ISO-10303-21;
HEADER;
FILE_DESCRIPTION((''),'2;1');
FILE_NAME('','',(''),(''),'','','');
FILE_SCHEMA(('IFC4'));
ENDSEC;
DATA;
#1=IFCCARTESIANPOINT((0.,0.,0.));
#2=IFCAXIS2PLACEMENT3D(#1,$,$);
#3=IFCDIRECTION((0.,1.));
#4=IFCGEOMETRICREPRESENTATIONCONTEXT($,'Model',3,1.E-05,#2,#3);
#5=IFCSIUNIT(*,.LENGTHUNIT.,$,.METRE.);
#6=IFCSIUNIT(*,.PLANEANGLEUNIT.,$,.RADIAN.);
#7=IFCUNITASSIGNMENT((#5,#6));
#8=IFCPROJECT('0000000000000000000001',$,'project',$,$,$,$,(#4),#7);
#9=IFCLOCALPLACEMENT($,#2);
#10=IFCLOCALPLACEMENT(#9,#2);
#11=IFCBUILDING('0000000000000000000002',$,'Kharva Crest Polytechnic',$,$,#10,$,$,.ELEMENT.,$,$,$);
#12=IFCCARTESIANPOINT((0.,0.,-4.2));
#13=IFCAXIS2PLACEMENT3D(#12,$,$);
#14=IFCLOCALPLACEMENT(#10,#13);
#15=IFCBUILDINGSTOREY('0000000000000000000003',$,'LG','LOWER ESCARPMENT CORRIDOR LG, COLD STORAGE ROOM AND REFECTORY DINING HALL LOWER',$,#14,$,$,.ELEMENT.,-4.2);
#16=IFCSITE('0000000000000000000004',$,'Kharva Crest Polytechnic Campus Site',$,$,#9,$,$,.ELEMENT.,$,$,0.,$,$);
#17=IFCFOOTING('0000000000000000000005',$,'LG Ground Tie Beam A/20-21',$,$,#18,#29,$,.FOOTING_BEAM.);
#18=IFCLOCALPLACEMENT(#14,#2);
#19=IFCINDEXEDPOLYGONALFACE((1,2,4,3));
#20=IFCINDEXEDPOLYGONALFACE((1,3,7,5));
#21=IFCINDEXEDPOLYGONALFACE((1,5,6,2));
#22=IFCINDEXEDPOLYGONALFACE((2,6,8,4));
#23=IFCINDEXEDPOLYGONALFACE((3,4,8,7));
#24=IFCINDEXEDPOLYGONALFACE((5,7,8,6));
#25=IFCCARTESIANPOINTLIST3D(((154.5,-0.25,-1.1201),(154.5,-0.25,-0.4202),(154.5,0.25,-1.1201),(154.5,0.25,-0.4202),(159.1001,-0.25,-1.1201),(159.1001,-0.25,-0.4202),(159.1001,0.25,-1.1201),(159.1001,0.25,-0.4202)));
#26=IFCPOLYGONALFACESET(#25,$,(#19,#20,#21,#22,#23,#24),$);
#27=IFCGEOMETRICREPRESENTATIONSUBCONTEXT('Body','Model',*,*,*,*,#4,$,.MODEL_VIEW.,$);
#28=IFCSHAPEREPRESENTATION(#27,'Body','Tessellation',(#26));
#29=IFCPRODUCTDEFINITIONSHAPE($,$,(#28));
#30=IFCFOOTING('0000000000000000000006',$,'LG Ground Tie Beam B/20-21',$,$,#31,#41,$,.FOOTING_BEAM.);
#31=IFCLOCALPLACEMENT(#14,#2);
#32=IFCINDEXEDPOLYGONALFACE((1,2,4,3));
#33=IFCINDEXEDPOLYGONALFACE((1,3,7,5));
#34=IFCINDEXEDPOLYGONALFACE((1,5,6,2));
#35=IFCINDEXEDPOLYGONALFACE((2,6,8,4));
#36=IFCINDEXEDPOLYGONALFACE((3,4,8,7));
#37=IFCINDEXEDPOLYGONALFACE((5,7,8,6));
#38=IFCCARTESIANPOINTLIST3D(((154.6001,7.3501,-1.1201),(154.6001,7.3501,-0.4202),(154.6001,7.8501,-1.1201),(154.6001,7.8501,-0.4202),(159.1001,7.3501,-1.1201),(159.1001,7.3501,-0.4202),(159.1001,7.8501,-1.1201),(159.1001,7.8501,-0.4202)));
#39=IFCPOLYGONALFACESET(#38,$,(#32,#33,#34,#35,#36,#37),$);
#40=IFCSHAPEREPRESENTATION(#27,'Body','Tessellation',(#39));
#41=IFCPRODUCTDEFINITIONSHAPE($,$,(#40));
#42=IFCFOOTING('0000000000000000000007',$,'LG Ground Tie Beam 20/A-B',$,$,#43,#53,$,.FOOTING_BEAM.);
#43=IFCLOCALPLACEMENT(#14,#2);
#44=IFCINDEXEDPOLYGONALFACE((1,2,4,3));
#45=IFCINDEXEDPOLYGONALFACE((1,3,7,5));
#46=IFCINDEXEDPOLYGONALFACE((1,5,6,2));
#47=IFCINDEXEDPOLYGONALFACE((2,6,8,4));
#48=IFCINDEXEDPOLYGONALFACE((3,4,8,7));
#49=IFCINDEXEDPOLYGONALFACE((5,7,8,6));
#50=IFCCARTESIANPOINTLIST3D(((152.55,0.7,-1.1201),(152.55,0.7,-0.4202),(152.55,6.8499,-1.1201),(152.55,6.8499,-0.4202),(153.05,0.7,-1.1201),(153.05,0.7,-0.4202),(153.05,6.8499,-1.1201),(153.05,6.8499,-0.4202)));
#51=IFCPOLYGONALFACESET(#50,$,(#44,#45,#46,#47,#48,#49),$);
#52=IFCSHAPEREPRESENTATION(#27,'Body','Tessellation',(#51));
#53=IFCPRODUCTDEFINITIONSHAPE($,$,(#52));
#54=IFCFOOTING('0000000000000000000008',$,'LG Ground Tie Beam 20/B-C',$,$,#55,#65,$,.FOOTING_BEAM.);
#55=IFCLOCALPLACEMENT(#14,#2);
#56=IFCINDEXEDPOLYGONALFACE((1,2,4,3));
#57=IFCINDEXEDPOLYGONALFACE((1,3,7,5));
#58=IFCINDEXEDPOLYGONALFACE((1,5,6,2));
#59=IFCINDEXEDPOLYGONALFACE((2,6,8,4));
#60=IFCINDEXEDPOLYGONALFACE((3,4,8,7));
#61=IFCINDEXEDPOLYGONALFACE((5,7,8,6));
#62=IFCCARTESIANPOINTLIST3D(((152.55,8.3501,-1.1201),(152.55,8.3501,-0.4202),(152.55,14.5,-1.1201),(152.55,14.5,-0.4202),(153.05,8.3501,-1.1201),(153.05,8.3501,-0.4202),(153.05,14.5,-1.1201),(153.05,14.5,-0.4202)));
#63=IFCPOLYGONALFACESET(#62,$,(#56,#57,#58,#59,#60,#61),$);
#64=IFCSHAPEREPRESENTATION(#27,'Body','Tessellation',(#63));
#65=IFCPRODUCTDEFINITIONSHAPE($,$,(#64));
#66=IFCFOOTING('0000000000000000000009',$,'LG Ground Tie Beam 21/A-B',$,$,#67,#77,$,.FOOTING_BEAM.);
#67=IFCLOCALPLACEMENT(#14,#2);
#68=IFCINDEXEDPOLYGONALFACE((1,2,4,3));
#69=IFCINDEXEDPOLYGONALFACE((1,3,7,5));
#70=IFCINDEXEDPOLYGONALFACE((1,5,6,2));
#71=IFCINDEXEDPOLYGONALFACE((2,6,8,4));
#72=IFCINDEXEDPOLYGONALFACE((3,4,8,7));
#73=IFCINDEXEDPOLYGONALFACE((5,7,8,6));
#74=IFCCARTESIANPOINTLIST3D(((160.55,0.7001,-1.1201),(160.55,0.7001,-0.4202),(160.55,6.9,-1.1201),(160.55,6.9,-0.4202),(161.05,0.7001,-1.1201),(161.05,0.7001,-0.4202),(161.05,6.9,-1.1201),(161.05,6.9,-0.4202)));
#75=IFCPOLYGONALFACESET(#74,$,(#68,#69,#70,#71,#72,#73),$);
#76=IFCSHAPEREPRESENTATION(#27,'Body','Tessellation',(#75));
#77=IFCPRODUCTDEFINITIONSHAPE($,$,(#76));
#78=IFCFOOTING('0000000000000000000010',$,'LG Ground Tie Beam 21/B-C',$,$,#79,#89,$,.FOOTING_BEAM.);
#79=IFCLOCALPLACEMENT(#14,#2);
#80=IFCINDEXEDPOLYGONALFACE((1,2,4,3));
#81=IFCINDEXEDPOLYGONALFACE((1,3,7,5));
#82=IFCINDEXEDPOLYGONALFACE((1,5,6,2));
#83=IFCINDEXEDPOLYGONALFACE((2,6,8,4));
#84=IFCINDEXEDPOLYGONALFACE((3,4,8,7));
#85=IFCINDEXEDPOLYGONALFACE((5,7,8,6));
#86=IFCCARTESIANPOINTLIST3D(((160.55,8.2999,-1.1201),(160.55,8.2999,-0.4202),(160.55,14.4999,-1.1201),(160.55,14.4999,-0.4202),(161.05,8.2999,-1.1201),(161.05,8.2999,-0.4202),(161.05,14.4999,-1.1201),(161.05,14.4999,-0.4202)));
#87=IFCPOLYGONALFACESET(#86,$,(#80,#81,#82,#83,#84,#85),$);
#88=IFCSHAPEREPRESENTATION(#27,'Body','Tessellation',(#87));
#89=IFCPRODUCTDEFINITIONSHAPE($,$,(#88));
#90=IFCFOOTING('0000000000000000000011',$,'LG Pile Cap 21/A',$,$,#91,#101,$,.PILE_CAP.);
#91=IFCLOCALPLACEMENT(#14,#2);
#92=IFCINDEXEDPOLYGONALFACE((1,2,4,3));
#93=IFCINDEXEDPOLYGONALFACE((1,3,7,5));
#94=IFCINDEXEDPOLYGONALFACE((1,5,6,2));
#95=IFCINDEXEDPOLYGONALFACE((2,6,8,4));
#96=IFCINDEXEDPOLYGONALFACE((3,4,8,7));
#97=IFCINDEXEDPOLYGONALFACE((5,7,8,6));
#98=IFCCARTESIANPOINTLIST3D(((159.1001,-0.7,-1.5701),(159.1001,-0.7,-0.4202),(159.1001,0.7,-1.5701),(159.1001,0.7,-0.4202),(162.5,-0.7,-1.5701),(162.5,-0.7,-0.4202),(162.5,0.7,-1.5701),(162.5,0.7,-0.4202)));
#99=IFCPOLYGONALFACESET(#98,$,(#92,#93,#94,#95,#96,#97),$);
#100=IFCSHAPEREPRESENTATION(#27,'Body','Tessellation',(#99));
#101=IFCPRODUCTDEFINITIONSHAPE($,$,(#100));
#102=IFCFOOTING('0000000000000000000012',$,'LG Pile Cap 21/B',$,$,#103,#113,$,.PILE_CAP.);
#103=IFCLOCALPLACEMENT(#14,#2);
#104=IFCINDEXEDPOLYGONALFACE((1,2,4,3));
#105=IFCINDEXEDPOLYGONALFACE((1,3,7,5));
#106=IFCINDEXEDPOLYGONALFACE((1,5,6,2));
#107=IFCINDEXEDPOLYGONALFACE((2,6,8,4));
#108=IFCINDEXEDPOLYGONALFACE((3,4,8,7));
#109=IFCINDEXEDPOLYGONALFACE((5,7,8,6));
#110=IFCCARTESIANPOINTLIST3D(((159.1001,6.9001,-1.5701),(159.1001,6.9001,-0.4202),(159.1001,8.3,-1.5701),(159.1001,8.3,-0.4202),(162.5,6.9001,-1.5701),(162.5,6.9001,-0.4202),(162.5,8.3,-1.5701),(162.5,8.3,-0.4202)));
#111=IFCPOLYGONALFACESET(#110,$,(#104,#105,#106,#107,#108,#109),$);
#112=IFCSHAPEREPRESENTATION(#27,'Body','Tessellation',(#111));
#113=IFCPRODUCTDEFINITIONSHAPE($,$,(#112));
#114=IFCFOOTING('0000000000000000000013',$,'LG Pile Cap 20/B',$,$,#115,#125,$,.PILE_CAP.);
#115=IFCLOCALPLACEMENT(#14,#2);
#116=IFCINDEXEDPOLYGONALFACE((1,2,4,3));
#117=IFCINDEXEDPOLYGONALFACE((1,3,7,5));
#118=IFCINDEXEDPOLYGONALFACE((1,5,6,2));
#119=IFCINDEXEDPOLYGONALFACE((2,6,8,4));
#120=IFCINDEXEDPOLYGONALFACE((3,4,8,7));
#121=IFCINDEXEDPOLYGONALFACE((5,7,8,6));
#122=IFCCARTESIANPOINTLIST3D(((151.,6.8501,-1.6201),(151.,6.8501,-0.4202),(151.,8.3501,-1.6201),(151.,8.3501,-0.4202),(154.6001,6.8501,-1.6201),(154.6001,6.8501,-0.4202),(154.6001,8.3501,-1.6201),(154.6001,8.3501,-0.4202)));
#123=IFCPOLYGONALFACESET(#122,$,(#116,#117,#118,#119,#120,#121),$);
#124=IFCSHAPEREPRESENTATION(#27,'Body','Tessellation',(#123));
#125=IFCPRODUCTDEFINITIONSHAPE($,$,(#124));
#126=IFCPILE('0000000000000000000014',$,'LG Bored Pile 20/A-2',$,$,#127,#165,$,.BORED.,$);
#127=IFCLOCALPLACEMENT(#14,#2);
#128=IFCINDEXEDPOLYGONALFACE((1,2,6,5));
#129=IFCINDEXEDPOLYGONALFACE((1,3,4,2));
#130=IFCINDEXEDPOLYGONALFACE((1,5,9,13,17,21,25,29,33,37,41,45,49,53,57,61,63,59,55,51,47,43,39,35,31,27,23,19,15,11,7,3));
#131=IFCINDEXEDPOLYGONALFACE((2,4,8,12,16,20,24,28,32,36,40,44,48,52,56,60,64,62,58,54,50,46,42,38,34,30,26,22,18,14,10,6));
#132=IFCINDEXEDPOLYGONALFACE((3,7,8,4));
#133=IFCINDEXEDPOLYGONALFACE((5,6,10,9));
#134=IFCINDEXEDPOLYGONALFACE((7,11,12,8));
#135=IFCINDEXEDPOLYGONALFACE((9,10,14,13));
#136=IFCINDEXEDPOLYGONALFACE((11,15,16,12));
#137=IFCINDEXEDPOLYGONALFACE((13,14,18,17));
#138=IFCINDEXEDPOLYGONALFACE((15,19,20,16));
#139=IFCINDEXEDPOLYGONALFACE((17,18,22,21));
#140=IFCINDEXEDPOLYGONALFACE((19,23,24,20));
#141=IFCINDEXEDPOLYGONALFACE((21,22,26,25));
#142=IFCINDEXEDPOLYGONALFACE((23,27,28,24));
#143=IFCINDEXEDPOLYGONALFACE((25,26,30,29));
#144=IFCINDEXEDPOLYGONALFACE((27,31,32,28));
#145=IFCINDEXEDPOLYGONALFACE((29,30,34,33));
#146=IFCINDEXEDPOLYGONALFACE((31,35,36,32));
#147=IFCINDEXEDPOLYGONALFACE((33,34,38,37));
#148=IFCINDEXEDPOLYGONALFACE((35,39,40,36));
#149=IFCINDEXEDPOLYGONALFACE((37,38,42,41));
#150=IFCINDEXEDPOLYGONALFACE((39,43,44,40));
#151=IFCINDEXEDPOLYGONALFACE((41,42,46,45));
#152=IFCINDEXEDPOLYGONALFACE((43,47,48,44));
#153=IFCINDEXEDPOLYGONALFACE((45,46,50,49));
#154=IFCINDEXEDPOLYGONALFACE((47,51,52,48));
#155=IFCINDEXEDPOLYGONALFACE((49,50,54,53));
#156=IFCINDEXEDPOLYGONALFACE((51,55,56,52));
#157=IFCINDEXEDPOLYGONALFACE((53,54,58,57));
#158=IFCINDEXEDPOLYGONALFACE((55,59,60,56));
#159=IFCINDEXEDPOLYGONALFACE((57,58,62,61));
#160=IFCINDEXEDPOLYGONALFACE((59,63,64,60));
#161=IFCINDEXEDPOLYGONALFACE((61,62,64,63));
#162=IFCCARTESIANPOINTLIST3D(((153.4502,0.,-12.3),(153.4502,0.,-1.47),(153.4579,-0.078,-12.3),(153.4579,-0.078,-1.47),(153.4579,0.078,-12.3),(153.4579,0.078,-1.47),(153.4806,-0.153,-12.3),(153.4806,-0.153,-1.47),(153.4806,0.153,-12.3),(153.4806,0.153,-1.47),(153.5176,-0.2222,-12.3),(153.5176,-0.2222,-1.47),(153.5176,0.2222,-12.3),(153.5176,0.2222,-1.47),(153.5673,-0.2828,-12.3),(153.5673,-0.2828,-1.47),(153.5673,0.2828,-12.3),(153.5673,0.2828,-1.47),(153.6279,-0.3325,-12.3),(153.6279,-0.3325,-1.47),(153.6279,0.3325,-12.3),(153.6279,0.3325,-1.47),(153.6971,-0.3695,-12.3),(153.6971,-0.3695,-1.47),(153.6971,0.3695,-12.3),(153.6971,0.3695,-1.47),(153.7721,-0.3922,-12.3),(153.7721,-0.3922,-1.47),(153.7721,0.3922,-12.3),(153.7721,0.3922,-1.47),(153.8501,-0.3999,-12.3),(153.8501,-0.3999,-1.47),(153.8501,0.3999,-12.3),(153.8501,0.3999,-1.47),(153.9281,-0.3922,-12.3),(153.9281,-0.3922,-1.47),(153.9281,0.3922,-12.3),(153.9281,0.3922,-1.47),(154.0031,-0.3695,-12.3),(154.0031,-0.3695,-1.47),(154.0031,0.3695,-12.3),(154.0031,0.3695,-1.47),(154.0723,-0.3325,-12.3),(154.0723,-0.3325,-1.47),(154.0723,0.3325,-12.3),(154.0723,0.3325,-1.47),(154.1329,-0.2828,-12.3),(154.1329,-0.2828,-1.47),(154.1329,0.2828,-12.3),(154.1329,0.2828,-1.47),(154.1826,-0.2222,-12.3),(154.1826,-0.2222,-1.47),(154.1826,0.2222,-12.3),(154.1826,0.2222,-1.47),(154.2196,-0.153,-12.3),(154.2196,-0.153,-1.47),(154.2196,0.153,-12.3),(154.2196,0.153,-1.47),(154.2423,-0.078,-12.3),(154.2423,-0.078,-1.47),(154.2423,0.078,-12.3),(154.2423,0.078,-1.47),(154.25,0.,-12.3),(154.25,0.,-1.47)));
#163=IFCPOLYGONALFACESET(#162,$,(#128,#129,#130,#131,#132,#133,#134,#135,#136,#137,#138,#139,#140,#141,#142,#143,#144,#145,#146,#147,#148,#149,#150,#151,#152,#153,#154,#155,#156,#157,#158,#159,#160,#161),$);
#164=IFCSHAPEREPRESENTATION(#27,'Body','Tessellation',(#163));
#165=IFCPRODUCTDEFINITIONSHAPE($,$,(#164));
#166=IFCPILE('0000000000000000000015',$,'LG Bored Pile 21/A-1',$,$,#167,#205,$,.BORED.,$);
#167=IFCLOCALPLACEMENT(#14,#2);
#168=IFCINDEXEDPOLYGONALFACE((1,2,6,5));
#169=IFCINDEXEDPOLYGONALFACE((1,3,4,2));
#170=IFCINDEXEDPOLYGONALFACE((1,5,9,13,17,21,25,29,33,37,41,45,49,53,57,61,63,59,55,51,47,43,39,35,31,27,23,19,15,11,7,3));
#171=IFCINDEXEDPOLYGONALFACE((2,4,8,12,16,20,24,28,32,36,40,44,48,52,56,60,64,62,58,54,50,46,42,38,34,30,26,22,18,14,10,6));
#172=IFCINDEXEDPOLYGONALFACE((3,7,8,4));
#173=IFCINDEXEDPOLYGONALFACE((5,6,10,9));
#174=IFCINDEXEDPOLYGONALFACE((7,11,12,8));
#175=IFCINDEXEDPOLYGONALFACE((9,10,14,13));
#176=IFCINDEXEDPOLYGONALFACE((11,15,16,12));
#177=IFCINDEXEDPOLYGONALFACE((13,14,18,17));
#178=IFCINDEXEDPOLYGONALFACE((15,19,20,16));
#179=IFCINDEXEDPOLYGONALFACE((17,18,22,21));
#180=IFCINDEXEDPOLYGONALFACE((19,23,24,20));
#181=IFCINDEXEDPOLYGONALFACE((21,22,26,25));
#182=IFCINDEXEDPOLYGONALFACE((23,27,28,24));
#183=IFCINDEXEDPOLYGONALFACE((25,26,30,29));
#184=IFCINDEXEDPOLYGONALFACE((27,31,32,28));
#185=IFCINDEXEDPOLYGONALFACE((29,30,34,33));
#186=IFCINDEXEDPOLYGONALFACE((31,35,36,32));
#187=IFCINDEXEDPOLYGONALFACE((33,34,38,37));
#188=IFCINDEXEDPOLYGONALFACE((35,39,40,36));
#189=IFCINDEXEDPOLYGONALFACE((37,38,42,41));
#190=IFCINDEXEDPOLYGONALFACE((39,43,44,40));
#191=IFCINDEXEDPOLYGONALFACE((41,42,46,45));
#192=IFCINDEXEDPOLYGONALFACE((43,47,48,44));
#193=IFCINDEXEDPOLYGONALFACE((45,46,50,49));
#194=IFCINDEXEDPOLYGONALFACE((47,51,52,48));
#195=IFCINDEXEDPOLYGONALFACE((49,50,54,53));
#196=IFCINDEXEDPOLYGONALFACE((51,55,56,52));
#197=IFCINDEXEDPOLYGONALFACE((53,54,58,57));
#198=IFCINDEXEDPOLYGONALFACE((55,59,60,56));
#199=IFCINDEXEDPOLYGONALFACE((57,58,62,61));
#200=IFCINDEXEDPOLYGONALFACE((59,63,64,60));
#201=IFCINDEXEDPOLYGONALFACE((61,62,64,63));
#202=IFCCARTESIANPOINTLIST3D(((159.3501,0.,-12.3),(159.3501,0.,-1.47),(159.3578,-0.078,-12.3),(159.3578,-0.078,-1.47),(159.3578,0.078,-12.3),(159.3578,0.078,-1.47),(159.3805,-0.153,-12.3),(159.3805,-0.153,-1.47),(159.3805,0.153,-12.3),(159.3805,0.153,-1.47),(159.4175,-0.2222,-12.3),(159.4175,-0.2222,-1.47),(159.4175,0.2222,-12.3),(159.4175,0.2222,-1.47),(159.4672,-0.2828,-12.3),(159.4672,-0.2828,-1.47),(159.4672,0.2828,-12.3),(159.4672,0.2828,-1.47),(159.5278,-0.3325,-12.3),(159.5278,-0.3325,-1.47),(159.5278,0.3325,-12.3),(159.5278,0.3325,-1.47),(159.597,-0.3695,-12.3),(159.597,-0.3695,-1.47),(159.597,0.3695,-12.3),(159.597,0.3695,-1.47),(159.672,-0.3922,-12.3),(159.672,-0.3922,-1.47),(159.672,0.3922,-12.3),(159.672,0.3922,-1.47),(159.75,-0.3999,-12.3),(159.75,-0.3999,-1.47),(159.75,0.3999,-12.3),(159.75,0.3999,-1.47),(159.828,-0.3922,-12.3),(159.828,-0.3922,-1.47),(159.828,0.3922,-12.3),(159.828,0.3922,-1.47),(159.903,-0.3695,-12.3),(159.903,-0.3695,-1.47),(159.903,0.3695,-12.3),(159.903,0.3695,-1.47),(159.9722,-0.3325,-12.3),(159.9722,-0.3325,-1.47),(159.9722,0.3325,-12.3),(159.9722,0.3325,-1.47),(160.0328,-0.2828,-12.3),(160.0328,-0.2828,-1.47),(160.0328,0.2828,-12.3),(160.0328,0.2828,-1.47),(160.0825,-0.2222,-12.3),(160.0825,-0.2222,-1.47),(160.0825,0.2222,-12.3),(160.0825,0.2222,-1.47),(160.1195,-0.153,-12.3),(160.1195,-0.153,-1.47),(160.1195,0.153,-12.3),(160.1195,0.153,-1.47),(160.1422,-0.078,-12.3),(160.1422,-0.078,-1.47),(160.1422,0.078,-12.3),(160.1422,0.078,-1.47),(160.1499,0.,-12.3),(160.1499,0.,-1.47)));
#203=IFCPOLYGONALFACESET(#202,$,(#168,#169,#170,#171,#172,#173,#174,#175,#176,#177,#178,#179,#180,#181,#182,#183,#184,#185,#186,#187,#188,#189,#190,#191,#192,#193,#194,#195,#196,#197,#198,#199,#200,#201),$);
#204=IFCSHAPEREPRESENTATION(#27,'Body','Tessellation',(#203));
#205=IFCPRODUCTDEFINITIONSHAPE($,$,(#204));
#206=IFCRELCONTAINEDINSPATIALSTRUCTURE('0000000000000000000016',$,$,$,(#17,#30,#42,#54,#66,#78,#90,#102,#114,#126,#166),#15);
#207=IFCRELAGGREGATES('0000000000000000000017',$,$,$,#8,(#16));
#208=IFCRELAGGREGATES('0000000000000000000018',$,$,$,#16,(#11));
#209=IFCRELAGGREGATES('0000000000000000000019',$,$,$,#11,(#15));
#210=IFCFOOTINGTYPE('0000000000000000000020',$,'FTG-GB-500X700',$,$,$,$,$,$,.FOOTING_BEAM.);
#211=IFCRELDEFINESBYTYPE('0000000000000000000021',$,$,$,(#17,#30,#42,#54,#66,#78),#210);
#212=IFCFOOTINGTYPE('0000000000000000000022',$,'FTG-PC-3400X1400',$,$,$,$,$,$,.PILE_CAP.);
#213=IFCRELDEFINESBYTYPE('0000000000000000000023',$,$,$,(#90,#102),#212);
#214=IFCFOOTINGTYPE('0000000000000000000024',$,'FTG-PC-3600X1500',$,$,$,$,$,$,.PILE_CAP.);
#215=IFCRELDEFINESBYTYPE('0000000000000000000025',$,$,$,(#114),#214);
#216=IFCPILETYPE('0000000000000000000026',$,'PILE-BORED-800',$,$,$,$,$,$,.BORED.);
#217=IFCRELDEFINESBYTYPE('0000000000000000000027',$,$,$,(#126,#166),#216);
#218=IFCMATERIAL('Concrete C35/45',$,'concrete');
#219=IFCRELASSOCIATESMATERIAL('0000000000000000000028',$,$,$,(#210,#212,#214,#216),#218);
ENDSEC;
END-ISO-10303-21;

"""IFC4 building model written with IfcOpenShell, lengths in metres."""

from ifc_helpers import new_model, si_unit, direction, frame, origin, origin_2d, place, context, subcontext, project, spatial, rectangle, circle, extrude, material, material_profile, profile_set, type_object, element, save


model = new_model("IFC4")

# Units and contexts
model_context = context("Model", 3, precision=1e-05, world=origin(), true_north=direction((0.0, 1.0)))
body_context = subcontext(model_context, "Body", "Model", "MODEL_VIEW")
ifc_project = project(units=[si_unit("LENGTHUNIT", "METRE"), si_unit("PLANEANGLEUNIT", "RADIAN")], contexts=[model_context])

# Site, building, storey
site_placement = place(None, origin())
site = spatial("IfcSite", under=ifc_project, at=site_placement, Name="Kharva Crest Polytechnic Campus Site", CompositionType="ELEMENT", RefElevation=0.0)
building_placement = place(site_placement, origin())
building = spatial("IfcBuilding", under=site, at=building_placement, Name="Kharva Crest Polytechnic", CompositionType="ELEMENT")
storey_placement = place(building_placement, frame((0.0, 0.0, -4.2)))
storey = spatial("IfcBuildingStorey", under=building, at=storey_placement, Name="LG", Description="LOWER ESCARPMENT CORRIDOR LG, COLD STORAGE ROOM AND REFECTORY DINING HALL LOWER", CompositionType="ELEMENT", Elevation=-4.2)

# Footings
ifc_material_1 = material(Name="Concrete C35/45", Category="concrete")
footing_type_1 = type_object("IfcFootingType", Name="FTG-GB-500X700", PredefinedType="FOOTING_BEAM", material=ifc_material_1)
footing_1_placement = place(storey_placement, frame((156.8, 0.0, -1.1201), z_axis=(0.0, 0.0, 1.0), x_axis=(1.0, 0.0, 0.0)))
element("IfcFooting", 1, at=footing_1_placement, inside=storey, type_object=footing_type_1, Name="LG Ground Tie Beam A/20-21", PredefinedType="FOOTING_BEAM", context=body_context, shape_type="SweptSolid", body=[
    extrude(rectangle(XDim=4.6001, YDim=0.5, at=origin_2d()), origin(), (0.0, 0.0, 1.0), 0.7),
])
footing_2_placement = place(storey_placement, frame((156.8501, 7.6001, -1.1201), z_axis=(0.0, 0.0, 1.0), x_axis=(1.0, 0.0, 0.0)))
element("IfcFooting", 2, at=footing_2_placement, inside=storey, type_object=footing_type_1, Name="LG Ground Tie Beam B/20-21", PredefinedType="FOOTING_BEAM", context=body_context, shape_type="SweptSolid", body=[
    extrude(rectangle(XDim=4.5, YDim=0.5, at=origin_2d()), origin(), (0.0, 0.0, 1.0), 0.7),
])
for number, where, z_axis, x_axis, name in (
    (3, (152.8, 3.7749, -1.1201), (0.0, 0.0, 1.0), (0.0, 1.0, 0.0), "LG Ground Tie Beam 20/A-B"),
    (4, (152.8, 11.425, -1.1201), (0.0, 0.0, 1.0), (0.0, 1.0, 0.0), "LG Ground Tie Beam 20/B-C"),
):
    element("IfcFooting", number, at=place(storey_placement, frame(where, z_axis=z_axis, x_axis=x_axis)), inside=storey, type_object=footing_type_1, Name=name, PredefinedType="FOOTING_BEAM", context=body_context, shape_type="SweptSolid", body=[
        extrude(rectangle(XDim=6.1499, YDim=0.5, at=origin_2d()), origin(), (0.0, 0.0, 1.0), 0.7),
    ])
for number, where, z_axis, x_axis, name in (
    (5, (160.8, 3.8, -1.1201), (0.0, 0.0, 1.0), (0.0, 1.0, 0.0), "LG Ground Tie Beam 21/A-B"),
    (6, (160.8, 11.3999, -1.1201), (0.0, 0.0, 1.0), (0.0, 1.0, 0.0), "LG Ground Tie Beam 21/B-C"),
):
    element("IfcFooting", number, at=place(storey_placement, frame(where, z_axis=z_axis, x_axis=x_axis)), inside=storey, type_object=footing_type_1, Name=name, PredefinedType="FOOTING_BEAM", context=body_context, shape_type="SweptSolid", body=[
        extrude(rectangle(XDim=6.2, YDim=0.5, at=origin_2d()), origin(), (0.0, 0.0, 1.0), 0.7),
    ])
footing_type_2 = type_object("IfcFootingType", Name="FTG-PC-3400X1400", PredefinedType="PILE_CAP", material=ifc_material_1)
for number, where, z_axis, x_axis, name in (
    (7, (160.8, 0.0, -1.5701), (0.0, 0.0, 1.0), (1.0, 0.0, 0.0), "LG Pile Cap 21/A"),
    (8, (160.8, 7.6001, -1.5701), (0.0, 0.0, 1.0), (1.0, 0.0, 0.0), "LG Pile Cap 21/B"),
):
    element("IfcFooting", number, at=place(storey_placement, frame(where, z_axis=z_axis, x_axis=x_axis)), inside=storey, type_object=footing_type_2, Name=name, PredefinedType="PILE_CAP", context=body_context, shape_type="SweptSolid", body=[
        extrude(rectangle(XDim=3.3999, YDim=1.3999, at=origin_2d()), origin(), (0.0, 0.0, 1.0), 1.1499),
    ])
footing_type_3 = type_object("IfcFootingType", Name="FTG-PC-3600X1500", PredefinedType="PILE_CAP", material=ifc_material_1)
footing_3_placement = place(storey_placement, frame((152.8, 7.6001, -1.6201), z_axis=(0.0, 0.0, 1.0), x_axis=(1.0, 0.0, 0.0)))
element("IfcFooting", 9, at=footing_3_placement, inside=storey, type_object=footing_type_3, Name="LG Pile Cap 20/B", PredefinedType="PILE_CAP", context=body_context, shape_type="SweptSolid", body=[
    extrude(rectangle(XDim=3.6001, YDim=1.5, at=origin_2d()), origin(), (0.0, 0.0, 1.0), 1.2),
])

# Piles
ifc_material_profile_1 = material_profile(ifc_material_1, circle(Radius=0.3999, at=origin_2d()), Name="DIA 800")
ifc_profile_set_1 = profile_set([ifc_material_profile_1], Name="Concrete C35/45")
pile_type_1 = type_object("IfcPileType", Name="PILE-BORED-800", PredefinedType="BORED", material=ifc_profile_set_1)
for number, where, z_axis, x_axis, name in (
    (10, (153.8501, 0.0, -1.47), (0.0, 0.0, -1.0), (1.0, 0.0, 0.0), "LG Bored Pile 20/A-2"),
    (11, (159.75, 0.0, -1.47), (0.0, 0.0, -1.0), (1.0, 0.0, 0.0), "LG Bored Pile 21/A-1"),
):
    element("IfcPile", number, at=place(storey_placement, frame(where, z_axis=z_axis, x_axis=x_axis)), inside=storey, type_object=pile_type_1, Name=name, PredefinedType="BORED", context=body_context, shape_type="SweptSolid", body=[
        extrude(circle(Radius=0.3999, at=origin_2d()), origin(), (0.0, 0.0, 1.0), 10.8301),
    ])

save(model, "model.ifc")
